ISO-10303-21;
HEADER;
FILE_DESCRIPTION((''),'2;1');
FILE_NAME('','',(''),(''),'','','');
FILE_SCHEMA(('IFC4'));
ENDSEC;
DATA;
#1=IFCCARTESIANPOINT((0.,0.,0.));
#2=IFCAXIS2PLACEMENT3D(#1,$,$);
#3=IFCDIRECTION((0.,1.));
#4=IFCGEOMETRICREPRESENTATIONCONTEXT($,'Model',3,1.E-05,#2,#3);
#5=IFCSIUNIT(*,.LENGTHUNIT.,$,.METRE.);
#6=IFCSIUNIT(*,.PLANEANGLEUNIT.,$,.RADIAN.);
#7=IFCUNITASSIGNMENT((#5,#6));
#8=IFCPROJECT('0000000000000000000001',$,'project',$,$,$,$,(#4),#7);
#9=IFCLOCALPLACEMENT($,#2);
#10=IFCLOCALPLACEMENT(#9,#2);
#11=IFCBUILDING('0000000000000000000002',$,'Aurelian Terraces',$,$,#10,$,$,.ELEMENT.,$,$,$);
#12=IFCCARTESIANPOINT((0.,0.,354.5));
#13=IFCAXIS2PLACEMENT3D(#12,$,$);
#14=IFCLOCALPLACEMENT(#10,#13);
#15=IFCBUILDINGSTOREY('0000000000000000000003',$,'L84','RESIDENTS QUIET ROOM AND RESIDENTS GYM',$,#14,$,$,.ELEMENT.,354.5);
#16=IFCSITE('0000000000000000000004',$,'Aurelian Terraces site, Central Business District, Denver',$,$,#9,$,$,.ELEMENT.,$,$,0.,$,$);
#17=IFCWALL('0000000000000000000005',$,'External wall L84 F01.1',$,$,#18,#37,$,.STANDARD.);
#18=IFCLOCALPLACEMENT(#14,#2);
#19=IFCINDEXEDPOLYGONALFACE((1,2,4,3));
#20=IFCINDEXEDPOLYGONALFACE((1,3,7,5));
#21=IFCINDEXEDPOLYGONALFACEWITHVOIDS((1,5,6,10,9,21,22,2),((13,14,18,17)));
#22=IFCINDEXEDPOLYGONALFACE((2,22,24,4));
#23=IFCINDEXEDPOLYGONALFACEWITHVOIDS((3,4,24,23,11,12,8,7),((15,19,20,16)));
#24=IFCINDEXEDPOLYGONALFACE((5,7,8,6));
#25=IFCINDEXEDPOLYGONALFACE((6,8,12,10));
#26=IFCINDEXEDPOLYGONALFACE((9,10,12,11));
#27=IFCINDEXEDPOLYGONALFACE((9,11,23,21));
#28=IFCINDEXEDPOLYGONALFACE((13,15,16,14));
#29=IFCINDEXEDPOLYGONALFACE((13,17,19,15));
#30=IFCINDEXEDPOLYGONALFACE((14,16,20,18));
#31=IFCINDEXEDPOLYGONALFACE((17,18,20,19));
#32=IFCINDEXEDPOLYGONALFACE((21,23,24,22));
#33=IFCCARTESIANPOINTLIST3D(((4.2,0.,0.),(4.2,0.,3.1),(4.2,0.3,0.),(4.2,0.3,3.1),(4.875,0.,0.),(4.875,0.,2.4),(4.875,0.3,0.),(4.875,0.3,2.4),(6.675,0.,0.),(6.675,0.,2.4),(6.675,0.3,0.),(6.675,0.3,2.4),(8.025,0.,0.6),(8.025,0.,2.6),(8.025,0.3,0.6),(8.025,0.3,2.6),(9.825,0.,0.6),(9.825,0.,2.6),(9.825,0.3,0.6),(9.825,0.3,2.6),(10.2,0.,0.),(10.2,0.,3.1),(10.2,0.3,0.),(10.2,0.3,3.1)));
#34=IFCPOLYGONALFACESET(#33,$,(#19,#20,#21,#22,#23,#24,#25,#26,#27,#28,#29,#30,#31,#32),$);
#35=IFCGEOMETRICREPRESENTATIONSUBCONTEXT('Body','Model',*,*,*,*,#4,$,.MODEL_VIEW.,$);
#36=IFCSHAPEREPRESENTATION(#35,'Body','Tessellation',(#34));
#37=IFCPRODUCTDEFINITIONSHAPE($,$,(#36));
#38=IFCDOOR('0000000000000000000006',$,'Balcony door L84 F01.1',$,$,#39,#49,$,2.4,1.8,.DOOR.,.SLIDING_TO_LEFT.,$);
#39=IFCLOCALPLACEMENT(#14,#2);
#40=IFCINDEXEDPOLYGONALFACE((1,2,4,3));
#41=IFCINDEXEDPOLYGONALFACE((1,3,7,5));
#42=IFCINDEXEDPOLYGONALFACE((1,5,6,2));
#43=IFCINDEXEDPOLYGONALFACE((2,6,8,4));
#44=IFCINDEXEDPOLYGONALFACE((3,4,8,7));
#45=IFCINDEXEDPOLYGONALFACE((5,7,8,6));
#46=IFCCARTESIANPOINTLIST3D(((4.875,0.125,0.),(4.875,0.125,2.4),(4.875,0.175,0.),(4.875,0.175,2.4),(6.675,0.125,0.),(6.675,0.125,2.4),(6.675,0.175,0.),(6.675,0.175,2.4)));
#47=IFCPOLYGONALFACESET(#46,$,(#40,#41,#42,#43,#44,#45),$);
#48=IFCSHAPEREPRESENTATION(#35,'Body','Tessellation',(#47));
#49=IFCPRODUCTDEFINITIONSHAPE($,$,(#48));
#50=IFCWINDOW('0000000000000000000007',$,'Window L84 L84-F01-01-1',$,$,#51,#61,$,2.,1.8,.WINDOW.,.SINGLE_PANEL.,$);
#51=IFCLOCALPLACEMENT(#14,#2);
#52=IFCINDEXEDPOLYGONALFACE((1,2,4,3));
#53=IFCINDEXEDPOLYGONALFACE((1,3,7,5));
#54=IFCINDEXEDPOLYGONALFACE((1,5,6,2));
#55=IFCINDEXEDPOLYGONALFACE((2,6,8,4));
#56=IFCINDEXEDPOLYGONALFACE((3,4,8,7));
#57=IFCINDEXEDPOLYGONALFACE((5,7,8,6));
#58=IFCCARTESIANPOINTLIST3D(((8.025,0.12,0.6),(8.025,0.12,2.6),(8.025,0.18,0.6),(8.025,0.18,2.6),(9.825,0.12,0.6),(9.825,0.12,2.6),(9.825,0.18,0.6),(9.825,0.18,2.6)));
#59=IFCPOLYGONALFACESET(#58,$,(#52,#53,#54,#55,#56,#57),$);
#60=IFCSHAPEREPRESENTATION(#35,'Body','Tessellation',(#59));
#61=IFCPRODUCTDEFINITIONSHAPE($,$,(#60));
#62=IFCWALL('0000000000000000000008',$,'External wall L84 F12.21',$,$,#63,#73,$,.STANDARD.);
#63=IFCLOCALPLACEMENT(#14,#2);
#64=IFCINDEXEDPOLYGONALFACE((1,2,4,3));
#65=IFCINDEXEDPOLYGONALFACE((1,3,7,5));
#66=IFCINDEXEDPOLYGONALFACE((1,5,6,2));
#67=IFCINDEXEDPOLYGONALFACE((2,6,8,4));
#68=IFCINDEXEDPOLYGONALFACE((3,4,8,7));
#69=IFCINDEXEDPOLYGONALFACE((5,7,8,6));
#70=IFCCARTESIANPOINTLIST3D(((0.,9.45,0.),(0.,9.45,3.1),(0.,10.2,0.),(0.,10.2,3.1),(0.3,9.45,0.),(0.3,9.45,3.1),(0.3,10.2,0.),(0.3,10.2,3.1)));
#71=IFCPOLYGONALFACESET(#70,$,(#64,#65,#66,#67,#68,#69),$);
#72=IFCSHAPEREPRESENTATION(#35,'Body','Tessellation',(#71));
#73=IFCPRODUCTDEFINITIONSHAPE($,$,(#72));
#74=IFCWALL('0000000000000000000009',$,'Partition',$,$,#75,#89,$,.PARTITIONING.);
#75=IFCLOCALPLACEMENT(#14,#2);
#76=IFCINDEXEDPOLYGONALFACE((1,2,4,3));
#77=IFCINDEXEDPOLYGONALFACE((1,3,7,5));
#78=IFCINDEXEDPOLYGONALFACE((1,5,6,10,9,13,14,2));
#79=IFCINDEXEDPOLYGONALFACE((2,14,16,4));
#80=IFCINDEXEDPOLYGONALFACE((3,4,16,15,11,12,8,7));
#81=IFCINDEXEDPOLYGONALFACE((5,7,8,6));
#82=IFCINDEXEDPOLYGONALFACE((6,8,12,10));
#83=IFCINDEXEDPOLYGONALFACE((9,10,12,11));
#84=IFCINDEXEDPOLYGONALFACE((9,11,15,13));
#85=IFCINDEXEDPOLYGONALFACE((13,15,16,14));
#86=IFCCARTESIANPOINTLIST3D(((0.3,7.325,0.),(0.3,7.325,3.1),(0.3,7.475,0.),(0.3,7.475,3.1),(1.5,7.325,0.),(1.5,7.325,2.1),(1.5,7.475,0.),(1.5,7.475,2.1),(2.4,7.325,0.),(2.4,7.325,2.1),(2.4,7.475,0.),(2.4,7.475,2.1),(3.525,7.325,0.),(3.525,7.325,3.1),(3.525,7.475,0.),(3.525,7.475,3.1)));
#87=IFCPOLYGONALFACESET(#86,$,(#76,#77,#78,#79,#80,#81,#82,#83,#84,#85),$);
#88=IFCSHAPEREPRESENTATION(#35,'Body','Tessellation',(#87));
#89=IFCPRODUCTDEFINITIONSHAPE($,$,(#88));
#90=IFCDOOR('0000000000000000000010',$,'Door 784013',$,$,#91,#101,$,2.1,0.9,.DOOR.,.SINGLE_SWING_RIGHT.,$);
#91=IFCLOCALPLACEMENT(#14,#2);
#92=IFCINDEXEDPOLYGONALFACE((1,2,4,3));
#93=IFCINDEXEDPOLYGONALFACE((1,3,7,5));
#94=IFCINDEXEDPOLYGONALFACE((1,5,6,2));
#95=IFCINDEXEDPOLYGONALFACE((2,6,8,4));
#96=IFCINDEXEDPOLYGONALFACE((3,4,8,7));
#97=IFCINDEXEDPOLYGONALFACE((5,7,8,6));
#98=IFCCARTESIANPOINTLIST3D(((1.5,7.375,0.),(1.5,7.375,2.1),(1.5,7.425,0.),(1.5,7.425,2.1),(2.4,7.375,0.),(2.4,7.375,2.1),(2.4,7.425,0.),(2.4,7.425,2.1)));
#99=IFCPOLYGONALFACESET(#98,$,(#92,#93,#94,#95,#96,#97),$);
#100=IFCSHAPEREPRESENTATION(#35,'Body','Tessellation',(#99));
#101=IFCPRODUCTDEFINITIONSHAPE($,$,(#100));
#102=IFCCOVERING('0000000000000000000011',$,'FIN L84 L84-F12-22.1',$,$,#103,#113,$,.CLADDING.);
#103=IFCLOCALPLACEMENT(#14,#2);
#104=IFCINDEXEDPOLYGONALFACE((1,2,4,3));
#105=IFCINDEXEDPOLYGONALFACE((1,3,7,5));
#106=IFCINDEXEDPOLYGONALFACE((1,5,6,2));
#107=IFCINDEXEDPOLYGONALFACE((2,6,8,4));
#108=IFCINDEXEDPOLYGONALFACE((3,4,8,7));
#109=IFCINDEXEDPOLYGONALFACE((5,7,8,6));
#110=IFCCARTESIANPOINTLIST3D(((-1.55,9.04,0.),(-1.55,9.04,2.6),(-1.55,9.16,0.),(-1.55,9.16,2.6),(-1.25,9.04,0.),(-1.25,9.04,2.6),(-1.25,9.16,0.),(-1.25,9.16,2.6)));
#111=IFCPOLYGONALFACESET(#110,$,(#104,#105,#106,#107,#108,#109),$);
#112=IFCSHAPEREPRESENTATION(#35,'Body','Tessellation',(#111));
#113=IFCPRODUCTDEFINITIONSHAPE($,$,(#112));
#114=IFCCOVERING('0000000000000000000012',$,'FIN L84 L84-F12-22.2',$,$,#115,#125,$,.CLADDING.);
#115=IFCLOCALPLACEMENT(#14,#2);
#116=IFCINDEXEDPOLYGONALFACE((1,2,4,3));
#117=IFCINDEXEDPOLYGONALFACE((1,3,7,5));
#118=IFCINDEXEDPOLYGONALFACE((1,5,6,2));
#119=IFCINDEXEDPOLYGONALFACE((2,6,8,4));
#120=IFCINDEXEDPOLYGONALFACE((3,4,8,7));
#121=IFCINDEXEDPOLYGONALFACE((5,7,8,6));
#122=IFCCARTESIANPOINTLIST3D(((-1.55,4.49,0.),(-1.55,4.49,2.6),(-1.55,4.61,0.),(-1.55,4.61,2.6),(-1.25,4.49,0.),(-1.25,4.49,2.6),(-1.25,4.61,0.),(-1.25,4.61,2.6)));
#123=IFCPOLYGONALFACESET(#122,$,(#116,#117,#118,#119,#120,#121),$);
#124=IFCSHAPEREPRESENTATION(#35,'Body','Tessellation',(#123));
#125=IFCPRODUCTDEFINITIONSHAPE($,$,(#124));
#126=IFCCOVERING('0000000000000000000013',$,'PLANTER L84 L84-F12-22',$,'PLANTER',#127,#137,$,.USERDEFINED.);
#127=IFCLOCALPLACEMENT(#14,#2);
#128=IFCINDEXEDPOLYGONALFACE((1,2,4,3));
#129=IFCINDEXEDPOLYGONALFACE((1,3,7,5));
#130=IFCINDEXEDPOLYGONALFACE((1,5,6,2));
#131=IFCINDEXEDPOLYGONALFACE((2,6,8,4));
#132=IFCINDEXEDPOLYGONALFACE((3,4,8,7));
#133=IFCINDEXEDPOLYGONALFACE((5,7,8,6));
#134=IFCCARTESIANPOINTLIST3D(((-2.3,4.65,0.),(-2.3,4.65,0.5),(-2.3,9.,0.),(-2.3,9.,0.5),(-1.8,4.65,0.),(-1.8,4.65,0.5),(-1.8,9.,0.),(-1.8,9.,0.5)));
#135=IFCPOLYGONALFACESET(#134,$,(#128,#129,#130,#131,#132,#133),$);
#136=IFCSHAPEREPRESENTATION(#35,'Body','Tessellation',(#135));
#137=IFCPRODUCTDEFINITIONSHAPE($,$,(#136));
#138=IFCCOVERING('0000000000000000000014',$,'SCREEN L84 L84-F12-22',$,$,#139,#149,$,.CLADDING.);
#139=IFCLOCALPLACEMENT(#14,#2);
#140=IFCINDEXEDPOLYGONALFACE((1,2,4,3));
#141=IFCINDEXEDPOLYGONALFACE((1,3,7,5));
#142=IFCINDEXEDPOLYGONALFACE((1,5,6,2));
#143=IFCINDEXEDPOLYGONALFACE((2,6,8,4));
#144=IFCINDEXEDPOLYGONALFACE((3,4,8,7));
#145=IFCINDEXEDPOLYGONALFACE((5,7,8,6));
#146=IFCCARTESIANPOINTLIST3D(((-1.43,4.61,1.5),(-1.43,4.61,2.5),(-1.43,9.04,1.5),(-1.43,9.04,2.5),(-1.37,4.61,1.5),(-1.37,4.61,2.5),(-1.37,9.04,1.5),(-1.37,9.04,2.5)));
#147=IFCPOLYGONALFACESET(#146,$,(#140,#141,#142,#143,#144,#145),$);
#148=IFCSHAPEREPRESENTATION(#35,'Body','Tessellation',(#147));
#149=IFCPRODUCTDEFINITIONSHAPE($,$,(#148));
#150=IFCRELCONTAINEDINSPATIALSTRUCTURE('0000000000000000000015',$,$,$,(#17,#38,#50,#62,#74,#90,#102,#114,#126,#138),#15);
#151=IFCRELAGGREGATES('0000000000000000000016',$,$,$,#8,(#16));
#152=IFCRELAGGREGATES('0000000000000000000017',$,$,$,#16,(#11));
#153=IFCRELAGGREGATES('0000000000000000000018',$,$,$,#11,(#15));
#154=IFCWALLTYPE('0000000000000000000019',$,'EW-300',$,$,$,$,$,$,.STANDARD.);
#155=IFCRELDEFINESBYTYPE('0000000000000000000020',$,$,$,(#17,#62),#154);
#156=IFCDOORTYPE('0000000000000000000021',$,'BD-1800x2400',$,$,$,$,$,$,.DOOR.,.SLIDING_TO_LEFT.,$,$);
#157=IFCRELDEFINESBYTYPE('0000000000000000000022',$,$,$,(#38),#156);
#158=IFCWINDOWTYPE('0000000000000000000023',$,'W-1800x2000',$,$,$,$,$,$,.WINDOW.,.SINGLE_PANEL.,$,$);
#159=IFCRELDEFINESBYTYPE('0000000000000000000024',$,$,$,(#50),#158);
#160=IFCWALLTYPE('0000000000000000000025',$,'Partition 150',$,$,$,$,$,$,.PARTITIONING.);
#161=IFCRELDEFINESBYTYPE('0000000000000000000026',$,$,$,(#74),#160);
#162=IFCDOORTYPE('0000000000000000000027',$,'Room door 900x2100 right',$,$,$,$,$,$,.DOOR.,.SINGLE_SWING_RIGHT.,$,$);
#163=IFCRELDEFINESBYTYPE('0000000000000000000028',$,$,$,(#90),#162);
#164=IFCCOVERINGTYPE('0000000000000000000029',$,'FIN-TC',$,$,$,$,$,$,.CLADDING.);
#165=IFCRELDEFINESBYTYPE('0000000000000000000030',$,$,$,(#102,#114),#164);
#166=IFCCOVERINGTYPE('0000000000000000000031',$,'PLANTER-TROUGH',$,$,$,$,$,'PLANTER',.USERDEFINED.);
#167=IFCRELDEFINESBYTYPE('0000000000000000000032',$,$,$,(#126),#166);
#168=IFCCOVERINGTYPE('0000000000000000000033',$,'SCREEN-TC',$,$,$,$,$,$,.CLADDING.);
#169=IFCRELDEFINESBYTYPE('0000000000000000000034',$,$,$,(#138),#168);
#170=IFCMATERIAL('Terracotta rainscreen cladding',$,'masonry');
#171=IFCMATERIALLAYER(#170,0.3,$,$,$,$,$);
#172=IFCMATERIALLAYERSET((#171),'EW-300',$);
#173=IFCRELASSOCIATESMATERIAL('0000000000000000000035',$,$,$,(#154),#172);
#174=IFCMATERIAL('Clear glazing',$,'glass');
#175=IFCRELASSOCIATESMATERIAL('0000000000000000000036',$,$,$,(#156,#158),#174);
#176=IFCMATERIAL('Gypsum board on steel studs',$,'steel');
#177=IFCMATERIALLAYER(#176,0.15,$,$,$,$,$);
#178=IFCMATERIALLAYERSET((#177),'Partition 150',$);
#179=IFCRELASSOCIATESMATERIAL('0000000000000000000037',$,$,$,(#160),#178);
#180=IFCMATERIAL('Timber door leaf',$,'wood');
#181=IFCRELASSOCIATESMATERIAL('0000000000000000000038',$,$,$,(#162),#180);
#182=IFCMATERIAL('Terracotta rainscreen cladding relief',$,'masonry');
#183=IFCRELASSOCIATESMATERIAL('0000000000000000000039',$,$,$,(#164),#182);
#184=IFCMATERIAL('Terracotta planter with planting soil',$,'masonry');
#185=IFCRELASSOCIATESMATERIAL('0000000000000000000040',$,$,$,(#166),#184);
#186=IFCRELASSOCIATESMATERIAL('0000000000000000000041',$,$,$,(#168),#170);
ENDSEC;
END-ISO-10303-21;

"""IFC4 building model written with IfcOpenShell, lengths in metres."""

from ifc_helpers import new_model, si_unit, direction, frame, frame_2d, origin, origin_2d, place, context, subcontext, project, spatial, rectangle, extrude, source, transform, mapped, material, layer, layer_set, type_object, element, fill, save


model = new_model("IFC4")

# Units and contexts
model_context = context("Model", 3, precision=1e-05, world=origin(), true_north=direction((0.0, 1.0)))
body_context = subcontext(model_context, "Body", "Model", "MODEL_VIEW")
ifc_project = project(units=[si_unit("LENGTHUNIT", "METRE"), si_unit("PLANEANGLEUNIT", "RADIAN")], contexts=[model_context])

# Site, building, storey
site_placement = place(None, origin())
site = spatial("IfcSite", under=ifc_project, at=site_placement, Name="Aurelian Terraces site, Central Business District, Denver", CompositionType="ELEMENT", RefElevation=0.0)
building_placement = place(site_placement, origin())
building = spatial("IfcBuilding", under=site, at=building_placement, Name="Aurelian Terraces", CompositionType="ELEMENT")
storey_placement = place(building_placement, frame((0.0, 0.0, 354.5)))
storey = spatial("IfcBuildingStorey", under=building, at=storey_placement, Name="L84", Description="RESIDENTS QUIET ROOM AND RESIDENTS GYM", CompositionType="ELEMENT", Elevation=354.5)

# Shared definitions
ifc_material_1 = material(Name="Terracotta rainscreen cladding", Category="masonry")
ifc_layer_1 = layer(ifc_material_1, 0.3)
ifc_layer_set_1 = layer_set([ifc_layer_1], Name="EW-300")
wall_type_1 = type_object("IfcWallType", Name="EW-300", PredefinedType="STANDARD", material=ifc_layer_set_1)
ifc_material_2 = material(Name="Clear glazing", Category="glass")

# Shared definitions
shared_shape_1 = source(origin(), body_context, "Body", "SweptSolid", [
    extrude(rectangle(XDim=1.8, YDim=2.4, at=frame_2d((0.9, 1.2))), frame((0.0, 0.16, 0.0), z_axis=(0.0, -1.0, 0.0), x_axis=(1.0, 0.0, 0.0)), (0.0, 0.0, 1.0), 0.32),
])
door_type_1 = type_object("IfcDoorType", Name="BD-1800x2400", OperationType="SLIDING_TO_LEFT", PredefinedType="DOOR", material=ifc_material_2)
shared_shape_2 = source(origin(), body_context, "Body", "SweptSolid", [
    extrude(rectangle(XDim=1.8, YDim=2.4, at=frame_2d((0.9, 1.2))), frame((0.0, 0.025, 0.0), z_axis=(0.0, -1.0, 0.0), x_axis=(1.0, 0.0, 0.0)), (0.0, 0.0, 1.0), 0.05),
])

# Wall, openings, door, window
shared_shape_3 = source(origin(), body_context, "Body", "SweptSolid", [
    extrude(rectangle(XDim=6.0, YDim=0.3, at=frame_2d((3.0, 0.0))), origin(), (0.0, 0.0, 1.0), 3.1),
])
wall_1_placement = place(storey_placement, frame((4.2, 0.15, 0.0), z_axis=(0.0, 0.0, 1.0), x_axis=(1.0, 0.0, 0.0)))
wall_1 = element("IfcWall", 1, at=wall_1_placement, inside=storey, type_object=wall_type_1, Name="External wall L84 F01.1", PredefinedType="STANDARD", context=body_context, shape_type="MappedRepresentation", body=[
    mapped(shared_shape_3, transform((0.0, 0.0, 0.0), scale=1.0)),
])
opening_1_placement = place(wall_1_placement, frame((0.675, 0.0, 0.0)))
opening_1 = element("IfcOpeningElement", 2, at=opening_1_placement, cuts=wall_1, PredefinedType="OPENING", context=body_context, shape_type="MappedRepresentation", body=[
    mapped(shared_shape_1, transform((0.0, 0.0, 0.0), scale=1.0)),
])
shared_shape_4 = source(origin(), body_context, "Body", "SweptSolid", [
    extrude(rectangle(XDim=1.8, YDim=2.0, at=frame_2d((0.9, 1.0))), frame((0.0, 0.16, 0.0), z_axis=(0.0, -1.0, 0.0), x_axis=(1.0, 0.0, 0.0)), (0.0, 0.0, 1.0), 0.32),
])
opening_2_placement = place(wall_1_placement, frame((3.825, 0.0, 0.6)))
opening_2 = element("IfcOpeningElement", 3, at=opening_2_placement, cuts=wall_1, PredefinedType="OPENING", context=body_context, shape_type="MappedRepresentation", body=[
    mapped(shared_shape_4, transform((0.0, 0.0, 0.0), scale=1.0)),
])
door_1_placement = place(opening_1_placement, origin())
door_1 = element("IfcDoor", 4, at=door_1_placement, inside=storey, type_object=door_type_1, Name="Balcony door L84 F01.1", OperationType="SLIDING_TO_LEFT", OverallHeight=2.4, OverallWidth=1.8, PredefinedType="DOOR", context=body_context, shape_type="MappedRepresentation", body=[
    mapped(shared_shape_2, transform((0.0, 0.0, 0.0), scale=1.0)),
])
fill(opening_1, door_1)
window_type_1 = type_object("IfcWindowType", Name="W-1800x2000", PartitioningType="SINGLE_PANEL", PredefinedType="WINDOW", material=ifc_material_2)
shared_shape_5 = source(origin(), body_context, "Body", "SweptSolid", [
    extrude(rectangle(XDim=1.8, YDim=2.0, at=frame_2d((0.9, 1.0))), frame((0.0, 0.03, 0.0), z_axis=(0.0, -1.0, 0.0), x_axis=(1.0, 0.0, 0.0)), (0.0, 0.0, 1.0), 0.06),
])
window_1_placement = place(opening_2_placement, origin())
window_1 = element("IfcWindow", 5, at=window_1_placement, inside=storey, type_object=window_type_1, Name="Window L84 L84-F01-01-1", OverallHeight=2.0, OverallWidth=1.8, PartitioningType="SINGLE_PANEL", PredefinedType="WINDOW", context=body_context, shape_type="MappedRepresentation", body=[
    mapped(shared_shape_5, transform((0.0, 0.0, 0.0), scale=1.0)),
])
fill(opening_2, window_1)

# Wall
shared_shape_6 = source(origin(), body_context, "Body", "SweptSolid", [
    extrude(rectangle(XDim=0.75, YDim=0.3, at=frame_2d((0.375, 0.0))), origin(), (0.0, 0.0, 1.0), 3.1),
])
wall_2_placement = place(storey_placement, frame((0.15, 10.2, 0.0), z_axis=(0.0, 0.0, 1.0), x_axis=(0.0, -1.0, 0.0)))
element("IfcWall", 6, at=wall_2_placement, inside=storey, type_object=wall_type_1, Name="External wall L84 F12.21", PredefinedType="STANDARD", context=body_context, shape_type="MappedRepresentation", body=[
    mapped(shared_shape_6, transform((0.0, 0.0, 0.0), scale=1.0)),
])

# Wall, opening, door
ifc_material_3 = material(Name="Gypsum board on steel studs", Category="steel")
ifc_layer_2 = layer(ifc_material_3, 0.15)
ifc_layer_set_2 = layer_set([ifc_layer_2], Name="Partition 150")
wall_type_2 = type_object("IfcWallType", Name="Partition 150", PredefinedType="PARTITIONING", material=ifc_layer_set_2)
shared_shape_7 = source(origin(), body_context, "Body", "SweptSolid", [
    extrude(rectangle(XDim=3.225, YDim=0.15, at=frame_2d((1.6125, 0.0))), origin(), (0.0, 0.0, 1.0), 3.1),
])
wall_3_placement = place(storey_placement, frame((0.3, 7.4, 0.0), z_axis=(0.0, 0.0, 1.0), x_axis=(1.0, 0.0, 0.0)))
wall_3 = element("IfcWall", 7, at=wall_3_placement, inside=storey, type_object=wall_type_2, Name="Partition", PredefinedType="PARTITIONING", context=body_context, shape_type="MappedRepresentation", body=[
    mapped(shared_shape_7, transform((0.0, 0.0, 0.0), scale=1.0)),
])
shared_shape_8 = source(origin(), body_context, "Body", "SweptSolid", [
    extrude(rectangle(XDim=0.9, YDim=2.1, at=frame_2d((0.45, 1.05))), frame((0.0, 0.085, 0.0), z_axis=(0.0, -1.0, 0.0), x_axis=(1.0, 0.0, 0.0)), (0.0, 0.0, 1.0), 0.17),
])
opening_3_placement = place(wall_3_placement, frame((1.2, 0.0, 0.0)))
opening_3 = element("IfcOpeningElement", 8, at=opening_3_placement, cuts=wall_3, PredefinedType="OPENING", context=body_context, shape_type="MappedRepresentation", body=[
    mapped(shared_shape_8, transform((0.0, 0.0, 0.0), scale=1.0)),
])
ifc_material_4 = material(Name="Timber door leaf", Category="wood")
door_type_2 = type_object("IfcDoorType", Name="Room door 900x2100 right", OperationType="SINGLE_SWING_RIGHT", PredefinedType="DOOR", material=ifc_material_4)
shared_shape_9 = source(origin(), body_context, "Body", "SweptSolid", [
    extrude(rectangle(XDim=0.9, YDim=2.1, at=frame_2d((0.45, 1.05))), frame((0.0, 0.025, 0.0), z_axis=(0.0, -1.0, 0.0), x_axis=(1.0, 0.0, 0.0)), (0.0, 0.0, 1.0), 0.05),
])
door_2_placement = place(opening_3_placement, origin())
door_2 = element("IfcDoor", 9, at=door_2_placement, inside=storey, type_object=door_type_2, Name="Door 784013", OperationType="SINGLE_SWING_RIGHT", OverallHeight=2.1, OverallWidth=0.9, PredefinedType="DOOR", context=body_context, shape_type="MappedRepresentation", body=[
    mapped(shared_shape_9, transform((0.0, 0.0, 0.0), scale=1.0)),
])
fill(opening_3, door_2)

# Coverings
ifc_material_5 = material(Name="Terracotta rainscreen cladding relief", Category="masonry")
covering_type_1 = type_object("IfcCoveringType", Name="FIN-TC", PredefinedType="CLADDING", material=ifc_material_5)
shared_shape_10 = source(origin(), body_context, "Body", "SweptSolid", [
    extrude(rectangle(XDim=0.3, YDim=0.12, at=origin_2d()), origin(), (0.0, 0.0, 1.0), 2.6),
])
for number, where, z_axis, x_axis, name in (
    (10, (-1.4, 9.1, 0.0), (0.0, 0.0, 1.0), (1.0, 0.0, 0.0), "FIN L84 L84-F12-22.1"),
    (11, (-1.4, 4.55, 0.0), (0.0, 0.0, 1.0), (1.0, 0.0, 0.0), "FIN L84 L84-F12-22.2"),
):
    element("IfcCovering", number, at=place(storey_placement, frame(where, z_axis=z_axis, x_axis=x_axis)), inside=storey, type_object=covering_type_1, Name=name, PredefinedType="CLADDING", context=body_context, shape_type="MappedRepresentation", body=[
        mapped(shared_shape_10, transform((0.0, 0.0, 0.0), scale=1.0)),
    ])

# Coverings
ifc_material_6 = material(Name="Terracotta planter with planting soil", Category="masonry")
covering_type_2 = type_object("IfcCoveringType", Name="PLANTER-TROUGH", ElementType="PLANTER", PredefinedType="USERDEFINED", material=ifc_material_6)
shared_shape_11 = source(origin(), body_context, "Body", "SweptSolid", [
    extrude(rectangle(XDim=0.5, YDim=4.35, at=origin_2d()), origin(), (0.0, 0.0, 1.0), 0.5),
])
covering_1_placement = place(storey_placement, frame((-2.05, 6.825, 0.0), z_axis=(0.0, 0.0, 1.0), x_axis=(1.0, 0.0, 0.0)))
element("IfcCovering", 12, at=covering_1_placement, inside=storey, type_object=covering_type_2, Name="PLANTER L84 L84-F12-22", ObjectType="PLANTER", PredefinedType="USERDEFINED", context=body_context, shape_type="MappedRepresentation", body=[
    mapped(shared_shape_11, transform((0.0, 0.0, 0.0), scale=1.0)),
])
covering_type_3 = type_object("IfcCoveringType", Name="SCREEN-TC", PredefinedType="CLADDING", material=ifc_material_1)
shared_shape_12 = source(origin(), body_context, "Body", "SweptSolid", [
    extrude(rectangle(XDim=0.06, YDim=4.43, at=origin_2d()), origin(), (0.0, 0.0, 1.0), 1.0),
])
covering_2_placement = place(storey_placement, frame((-1.4, 6.825, 1.5), z_axis=(0.0, 0.0, 1.0), x_axis=(1.0, 0.0, 0.0)))
element("IfcCovering", 13, at=covering_2_placement, inside=storey, type_object=covering_type_3, Name="SCREEN L84 L84-F12-22", PredefinedType="CLADDING", context=body_context, shape_type="MappedRepresentation", body=[
    mapped(shared_shape_12, transform((0.0, 0.0, 0.0), scale=1.0)),
])

save(model, "model.ifc")
